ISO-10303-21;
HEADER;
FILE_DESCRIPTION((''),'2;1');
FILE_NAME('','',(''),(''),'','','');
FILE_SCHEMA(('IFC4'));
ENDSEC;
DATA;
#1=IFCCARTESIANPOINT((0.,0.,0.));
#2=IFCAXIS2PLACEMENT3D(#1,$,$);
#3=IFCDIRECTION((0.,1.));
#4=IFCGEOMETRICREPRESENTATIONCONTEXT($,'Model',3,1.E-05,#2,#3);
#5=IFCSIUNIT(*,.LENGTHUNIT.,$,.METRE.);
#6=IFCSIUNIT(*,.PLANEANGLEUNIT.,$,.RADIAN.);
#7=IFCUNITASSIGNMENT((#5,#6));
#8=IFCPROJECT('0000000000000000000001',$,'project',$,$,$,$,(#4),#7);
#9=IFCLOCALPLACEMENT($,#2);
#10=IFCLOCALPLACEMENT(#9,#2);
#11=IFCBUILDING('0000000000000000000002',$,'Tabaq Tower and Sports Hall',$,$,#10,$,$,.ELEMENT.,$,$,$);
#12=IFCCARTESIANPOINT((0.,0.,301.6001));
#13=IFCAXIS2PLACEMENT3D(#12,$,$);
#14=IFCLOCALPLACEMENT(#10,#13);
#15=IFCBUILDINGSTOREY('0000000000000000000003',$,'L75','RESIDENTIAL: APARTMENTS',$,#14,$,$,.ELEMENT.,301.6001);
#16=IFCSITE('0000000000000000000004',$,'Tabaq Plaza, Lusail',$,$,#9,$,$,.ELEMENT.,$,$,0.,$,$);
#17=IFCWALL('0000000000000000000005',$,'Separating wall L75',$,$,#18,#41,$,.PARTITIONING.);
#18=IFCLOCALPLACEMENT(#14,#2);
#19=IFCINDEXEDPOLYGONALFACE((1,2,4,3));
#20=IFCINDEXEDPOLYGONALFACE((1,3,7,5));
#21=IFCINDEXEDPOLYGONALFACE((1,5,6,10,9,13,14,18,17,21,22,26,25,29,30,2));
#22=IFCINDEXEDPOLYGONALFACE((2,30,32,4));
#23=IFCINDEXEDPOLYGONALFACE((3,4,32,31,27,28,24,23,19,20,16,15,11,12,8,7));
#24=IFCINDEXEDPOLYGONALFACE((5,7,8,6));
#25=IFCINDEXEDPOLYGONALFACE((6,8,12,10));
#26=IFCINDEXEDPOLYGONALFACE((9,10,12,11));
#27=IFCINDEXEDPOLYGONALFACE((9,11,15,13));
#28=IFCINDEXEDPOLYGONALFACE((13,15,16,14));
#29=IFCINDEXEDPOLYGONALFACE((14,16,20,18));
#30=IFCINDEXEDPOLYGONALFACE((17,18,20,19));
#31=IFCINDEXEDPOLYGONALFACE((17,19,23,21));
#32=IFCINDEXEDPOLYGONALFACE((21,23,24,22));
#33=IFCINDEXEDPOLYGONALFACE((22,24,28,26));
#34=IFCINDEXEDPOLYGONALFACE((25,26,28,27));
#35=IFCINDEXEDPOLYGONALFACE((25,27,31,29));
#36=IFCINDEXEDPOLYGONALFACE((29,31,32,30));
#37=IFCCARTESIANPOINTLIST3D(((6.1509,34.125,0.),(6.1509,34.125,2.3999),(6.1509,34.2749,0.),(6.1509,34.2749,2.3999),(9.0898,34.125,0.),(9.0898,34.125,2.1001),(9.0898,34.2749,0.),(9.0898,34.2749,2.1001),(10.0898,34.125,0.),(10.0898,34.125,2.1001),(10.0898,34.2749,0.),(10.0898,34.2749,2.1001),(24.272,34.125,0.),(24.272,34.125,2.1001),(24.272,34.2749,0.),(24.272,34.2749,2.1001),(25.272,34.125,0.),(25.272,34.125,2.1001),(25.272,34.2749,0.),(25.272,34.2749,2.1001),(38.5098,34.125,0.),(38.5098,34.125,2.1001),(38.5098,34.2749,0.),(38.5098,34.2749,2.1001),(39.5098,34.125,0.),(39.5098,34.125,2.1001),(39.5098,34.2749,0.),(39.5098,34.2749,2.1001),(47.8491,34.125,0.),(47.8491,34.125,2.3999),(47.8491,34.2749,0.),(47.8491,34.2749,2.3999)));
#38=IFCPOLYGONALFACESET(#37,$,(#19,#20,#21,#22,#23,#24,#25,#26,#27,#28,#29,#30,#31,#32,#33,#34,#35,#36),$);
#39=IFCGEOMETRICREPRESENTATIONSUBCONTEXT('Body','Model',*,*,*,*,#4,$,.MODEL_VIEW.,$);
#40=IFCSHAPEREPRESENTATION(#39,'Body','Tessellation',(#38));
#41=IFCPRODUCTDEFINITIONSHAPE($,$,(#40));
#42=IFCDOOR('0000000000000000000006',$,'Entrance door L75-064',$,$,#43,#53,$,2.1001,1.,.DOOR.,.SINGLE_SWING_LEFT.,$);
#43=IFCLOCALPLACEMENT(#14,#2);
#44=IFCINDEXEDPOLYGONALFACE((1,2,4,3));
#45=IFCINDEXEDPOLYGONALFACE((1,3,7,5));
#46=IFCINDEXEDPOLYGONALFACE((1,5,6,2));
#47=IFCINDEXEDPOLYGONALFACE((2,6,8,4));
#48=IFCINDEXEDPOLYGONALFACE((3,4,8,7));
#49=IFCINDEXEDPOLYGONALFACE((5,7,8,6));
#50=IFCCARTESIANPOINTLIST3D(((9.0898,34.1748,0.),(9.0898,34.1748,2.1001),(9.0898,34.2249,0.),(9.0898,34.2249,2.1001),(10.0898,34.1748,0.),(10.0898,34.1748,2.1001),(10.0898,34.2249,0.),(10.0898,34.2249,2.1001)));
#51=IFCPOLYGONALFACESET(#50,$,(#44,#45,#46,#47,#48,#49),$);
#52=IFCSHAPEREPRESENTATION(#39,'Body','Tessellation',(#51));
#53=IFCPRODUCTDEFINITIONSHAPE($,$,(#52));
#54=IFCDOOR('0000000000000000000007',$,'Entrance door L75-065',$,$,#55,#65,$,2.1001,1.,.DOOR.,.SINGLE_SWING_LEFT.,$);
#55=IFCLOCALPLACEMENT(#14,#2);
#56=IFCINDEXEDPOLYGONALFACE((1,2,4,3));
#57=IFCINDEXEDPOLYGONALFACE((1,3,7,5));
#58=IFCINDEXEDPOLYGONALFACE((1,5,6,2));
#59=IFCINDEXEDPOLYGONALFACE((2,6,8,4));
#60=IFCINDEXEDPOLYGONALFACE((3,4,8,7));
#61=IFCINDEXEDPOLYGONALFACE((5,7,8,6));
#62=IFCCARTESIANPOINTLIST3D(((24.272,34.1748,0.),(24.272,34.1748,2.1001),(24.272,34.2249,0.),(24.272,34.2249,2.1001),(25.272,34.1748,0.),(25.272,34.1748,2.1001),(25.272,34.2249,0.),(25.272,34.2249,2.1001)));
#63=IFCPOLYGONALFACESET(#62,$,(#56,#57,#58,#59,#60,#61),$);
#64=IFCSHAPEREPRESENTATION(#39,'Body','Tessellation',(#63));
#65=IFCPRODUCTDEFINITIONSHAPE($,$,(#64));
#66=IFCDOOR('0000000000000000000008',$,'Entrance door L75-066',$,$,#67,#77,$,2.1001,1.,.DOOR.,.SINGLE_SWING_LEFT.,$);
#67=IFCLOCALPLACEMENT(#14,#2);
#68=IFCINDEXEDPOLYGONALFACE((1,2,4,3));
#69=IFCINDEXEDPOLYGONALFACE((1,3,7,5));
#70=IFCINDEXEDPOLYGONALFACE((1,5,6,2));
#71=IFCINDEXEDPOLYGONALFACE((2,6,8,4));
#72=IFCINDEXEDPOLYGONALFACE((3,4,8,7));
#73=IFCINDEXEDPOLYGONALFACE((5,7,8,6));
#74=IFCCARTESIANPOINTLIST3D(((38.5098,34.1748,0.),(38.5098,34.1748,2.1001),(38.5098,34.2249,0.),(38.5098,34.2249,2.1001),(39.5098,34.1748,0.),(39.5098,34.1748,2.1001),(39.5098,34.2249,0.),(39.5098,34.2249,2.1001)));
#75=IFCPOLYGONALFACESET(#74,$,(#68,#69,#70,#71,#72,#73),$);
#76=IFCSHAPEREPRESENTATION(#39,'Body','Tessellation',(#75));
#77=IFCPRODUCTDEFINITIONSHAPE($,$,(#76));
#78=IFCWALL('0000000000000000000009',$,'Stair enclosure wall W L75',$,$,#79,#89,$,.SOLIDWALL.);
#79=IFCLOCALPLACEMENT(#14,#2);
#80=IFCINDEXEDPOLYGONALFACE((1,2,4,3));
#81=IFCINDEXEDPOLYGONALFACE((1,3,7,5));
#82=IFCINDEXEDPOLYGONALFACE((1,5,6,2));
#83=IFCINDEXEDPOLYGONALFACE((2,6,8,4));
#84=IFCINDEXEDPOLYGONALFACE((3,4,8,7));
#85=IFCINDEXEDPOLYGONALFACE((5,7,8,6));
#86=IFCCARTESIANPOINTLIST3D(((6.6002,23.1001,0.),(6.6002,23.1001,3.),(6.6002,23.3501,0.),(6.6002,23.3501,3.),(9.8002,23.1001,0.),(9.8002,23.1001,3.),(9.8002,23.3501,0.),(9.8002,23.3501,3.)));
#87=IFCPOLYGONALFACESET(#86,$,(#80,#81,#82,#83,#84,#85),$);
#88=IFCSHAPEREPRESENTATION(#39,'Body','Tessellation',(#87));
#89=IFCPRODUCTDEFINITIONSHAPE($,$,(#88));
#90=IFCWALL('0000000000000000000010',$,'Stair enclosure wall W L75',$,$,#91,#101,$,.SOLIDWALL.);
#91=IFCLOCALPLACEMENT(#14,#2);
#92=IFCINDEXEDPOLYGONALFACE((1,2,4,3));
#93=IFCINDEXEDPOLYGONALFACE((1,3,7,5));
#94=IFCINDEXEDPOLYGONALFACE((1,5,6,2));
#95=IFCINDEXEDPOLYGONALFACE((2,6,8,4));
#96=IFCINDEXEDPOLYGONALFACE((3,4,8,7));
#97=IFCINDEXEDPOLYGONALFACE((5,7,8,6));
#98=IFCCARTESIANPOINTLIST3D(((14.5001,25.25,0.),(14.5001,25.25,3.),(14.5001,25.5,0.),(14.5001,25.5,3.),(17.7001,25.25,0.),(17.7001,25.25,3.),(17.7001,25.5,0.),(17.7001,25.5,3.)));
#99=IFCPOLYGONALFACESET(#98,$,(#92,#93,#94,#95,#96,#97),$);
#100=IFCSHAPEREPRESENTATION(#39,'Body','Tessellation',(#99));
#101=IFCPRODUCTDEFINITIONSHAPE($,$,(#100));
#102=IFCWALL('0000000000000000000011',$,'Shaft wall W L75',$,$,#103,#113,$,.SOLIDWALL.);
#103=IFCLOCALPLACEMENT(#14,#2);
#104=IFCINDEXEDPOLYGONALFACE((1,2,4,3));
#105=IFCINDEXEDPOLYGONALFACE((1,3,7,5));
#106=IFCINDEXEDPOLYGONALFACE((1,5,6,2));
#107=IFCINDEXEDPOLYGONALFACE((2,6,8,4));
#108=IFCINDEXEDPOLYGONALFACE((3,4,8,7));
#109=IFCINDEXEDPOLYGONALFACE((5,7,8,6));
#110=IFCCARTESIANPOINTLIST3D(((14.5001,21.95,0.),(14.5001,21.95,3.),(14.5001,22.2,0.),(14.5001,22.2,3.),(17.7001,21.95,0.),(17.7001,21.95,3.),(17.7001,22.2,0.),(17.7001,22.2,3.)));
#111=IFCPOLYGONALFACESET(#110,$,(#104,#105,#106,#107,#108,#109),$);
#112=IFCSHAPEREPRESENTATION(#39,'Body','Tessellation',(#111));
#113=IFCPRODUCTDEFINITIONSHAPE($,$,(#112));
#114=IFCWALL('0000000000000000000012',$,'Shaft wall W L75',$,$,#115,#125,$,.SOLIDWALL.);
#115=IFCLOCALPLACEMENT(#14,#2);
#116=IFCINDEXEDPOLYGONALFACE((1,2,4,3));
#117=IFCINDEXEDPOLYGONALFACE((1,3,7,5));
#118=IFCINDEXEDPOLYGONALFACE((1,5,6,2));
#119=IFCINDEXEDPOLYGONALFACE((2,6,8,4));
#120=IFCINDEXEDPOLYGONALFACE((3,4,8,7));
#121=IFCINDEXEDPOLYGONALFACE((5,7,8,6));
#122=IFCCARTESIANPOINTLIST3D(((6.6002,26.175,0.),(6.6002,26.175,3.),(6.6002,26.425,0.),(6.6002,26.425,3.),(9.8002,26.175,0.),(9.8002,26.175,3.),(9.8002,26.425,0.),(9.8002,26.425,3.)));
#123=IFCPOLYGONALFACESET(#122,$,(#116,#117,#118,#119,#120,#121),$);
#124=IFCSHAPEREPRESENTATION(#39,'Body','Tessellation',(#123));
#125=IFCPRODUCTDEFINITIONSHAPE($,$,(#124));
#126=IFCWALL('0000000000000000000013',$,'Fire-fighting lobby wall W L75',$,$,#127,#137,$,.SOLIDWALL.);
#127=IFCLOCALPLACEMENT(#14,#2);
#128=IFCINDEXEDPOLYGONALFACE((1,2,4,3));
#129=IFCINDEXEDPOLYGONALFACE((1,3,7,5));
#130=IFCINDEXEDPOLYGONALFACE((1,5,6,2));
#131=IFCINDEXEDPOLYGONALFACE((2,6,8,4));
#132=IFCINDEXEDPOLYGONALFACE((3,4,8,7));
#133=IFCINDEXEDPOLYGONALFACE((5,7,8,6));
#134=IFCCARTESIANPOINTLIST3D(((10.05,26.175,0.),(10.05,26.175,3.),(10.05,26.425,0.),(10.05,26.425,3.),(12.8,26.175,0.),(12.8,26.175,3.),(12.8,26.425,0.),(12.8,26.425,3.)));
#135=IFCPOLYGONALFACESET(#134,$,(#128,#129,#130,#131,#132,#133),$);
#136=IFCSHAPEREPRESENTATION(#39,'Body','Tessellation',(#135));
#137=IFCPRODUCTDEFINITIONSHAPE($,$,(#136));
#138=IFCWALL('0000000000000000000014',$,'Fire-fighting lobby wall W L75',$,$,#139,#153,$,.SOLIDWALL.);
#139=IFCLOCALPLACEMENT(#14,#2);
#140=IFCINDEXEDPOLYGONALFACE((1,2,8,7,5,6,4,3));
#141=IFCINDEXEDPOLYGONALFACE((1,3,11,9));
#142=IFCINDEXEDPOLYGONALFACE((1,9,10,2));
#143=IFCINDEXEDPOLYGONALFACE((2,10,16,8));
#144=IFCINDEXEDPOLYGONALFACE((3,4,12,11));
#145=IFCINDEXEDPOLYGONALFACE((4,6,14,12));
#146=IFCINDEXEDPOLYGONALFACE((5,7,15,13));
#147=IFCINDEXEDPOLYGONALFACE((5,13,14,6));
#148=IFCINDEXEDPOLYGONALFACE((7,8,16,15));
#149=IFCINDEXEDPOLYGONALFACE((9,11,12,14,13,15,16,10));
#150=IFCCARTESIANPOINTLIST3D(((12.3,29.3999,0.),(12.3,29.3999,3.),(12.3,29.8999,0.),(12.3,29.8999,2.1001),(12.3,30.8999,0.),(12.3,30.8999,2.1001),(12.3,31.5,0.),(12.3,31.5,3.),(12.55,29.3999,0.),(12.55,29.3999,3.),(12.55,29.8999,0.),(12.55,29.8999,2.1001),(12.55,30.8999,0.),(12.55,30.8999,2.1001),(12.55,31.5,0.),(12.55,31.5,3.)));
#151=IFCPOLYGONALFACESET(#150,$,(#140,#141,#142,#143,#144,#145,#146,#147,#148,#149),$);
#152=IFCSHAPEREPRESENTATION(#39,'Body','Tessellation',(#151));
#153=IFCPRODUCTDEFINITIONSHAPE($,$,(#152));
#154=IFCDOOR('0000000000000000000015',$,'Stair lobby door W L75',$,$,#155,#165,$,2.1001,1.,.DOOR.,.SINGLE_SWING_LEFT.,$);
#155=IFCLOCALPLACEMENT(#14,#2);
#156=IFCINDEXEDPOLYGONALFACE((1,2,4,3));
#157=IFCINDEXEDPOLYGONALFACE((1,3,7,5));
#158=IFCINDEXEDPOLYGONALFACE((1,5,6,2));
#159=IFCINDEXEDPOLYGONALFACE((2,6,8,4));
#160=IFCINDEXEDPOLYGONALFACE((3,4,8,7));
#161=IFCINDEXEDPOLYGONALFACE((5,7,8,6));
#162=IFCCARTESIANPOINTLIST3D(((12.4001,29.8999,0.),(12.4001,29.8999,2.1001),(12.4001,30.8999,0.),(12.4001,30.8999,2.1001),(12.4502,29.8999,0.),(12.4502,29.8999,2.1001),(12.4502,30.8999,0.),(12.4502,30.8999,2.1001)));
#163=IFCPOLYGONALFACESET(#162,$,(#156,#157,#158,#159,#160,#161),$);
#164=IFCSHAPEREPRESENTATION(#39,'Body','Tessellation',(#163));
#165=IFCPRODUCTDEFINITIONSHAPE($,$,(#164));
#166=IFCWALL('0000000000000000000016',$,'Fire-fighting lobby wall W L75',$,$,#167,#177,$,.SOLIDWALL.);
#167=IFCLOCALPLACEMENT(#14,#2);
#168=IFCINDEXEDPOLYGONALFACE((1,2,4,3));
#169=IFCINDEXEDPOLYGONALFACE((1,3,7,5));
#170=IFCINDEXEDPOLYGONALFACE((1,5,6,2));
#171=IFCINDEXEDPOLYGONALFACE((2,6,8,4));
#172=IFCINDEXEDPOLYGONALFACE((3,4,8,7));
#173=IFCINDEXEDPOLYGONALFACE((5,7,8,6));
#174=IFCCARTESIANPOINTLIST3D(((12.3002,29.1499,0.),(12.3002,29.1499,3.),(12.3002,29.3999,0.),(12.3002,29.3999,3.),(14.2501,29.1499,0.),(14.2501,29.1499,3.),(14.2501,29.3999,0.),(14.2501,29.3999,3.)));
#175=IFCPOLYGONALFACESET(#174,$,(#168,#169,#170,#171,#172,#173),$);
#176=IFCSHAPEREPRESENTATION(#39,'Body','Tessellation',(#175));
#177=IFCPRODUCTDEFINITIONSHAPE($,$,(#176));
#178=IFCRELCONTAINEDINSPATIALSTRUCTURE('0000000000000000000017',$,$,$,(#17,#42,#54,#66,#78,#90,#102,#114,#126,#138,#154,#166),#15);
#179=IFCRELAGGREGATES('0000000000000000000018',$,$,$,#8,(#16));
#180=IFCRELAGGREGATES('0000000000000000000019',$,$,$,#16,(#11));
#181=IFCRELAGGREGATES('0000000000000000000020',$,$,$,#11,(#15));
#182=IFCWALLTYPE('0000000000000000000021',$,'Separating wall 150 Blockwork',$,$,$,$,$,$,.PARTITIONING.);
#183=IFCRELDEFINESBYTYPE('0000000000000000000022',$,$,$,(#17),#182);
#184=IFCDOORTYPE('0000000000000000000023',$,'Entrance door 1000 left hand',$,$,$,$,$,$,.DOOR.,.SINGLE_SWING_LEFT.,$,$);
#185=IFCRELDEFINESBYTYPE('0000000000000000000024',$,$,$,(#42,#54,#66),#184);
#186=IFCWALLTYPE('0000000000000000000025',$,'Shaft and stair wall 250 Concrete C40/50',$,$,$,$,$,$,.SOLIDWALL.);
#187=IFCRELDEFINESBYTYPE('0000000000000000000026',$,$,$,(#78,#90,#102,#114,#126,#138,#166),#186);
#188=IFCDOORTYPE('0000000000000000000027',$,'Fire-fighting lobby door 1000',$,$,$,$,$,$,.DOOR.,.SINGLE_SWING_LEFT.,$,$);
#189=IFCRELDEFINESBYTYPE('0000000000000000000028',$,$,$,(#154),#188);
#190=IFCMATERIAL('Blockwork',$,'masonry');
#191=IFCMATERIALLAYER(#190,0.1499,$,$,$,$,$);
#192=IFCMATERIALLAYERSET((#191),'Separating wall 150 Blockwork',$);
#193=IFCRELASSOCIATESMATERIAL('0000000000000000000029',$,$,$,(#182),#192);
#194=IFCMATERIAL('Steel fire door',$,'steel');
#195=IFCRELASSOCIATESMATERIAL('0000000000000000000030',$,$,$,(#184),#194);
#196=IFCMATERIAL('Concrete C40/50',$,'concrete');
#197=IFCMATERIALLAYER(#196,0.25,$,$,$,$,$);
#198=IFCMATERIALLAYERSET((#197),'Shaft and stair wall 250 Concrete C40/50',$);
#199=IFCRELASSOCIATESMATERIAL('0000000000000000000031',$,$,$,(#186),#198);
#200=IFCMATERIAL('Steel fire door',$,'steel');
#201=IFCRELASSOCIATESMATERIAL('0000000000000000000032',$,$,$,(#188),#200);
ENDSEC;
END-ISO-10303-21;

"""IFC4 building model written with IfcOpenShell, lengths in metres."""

from ifc_helpers import new_model, si_unit, direction, frame, frame_2d, origin, place, context, subcontext, project, spatial, rectangle, extrude, material, layer, layer_set, type_object, element, fill, save


model = new_model("IFC4")

# Units and contexts
model_context = context("Model", 3, precision=1e-05, world=origin(), true_north=direction((0.0, 1.0)))
body_context = subcontext(model_context, "Body", "Model", "MODEL_VIEW")
ifc_project = project(units=[si_unit("LENGTHUNIT", "METRE"), si_unit("PLANEANGLEUNIT", "RADIAN")], contexts=[model_context])

# Site, building, storey
site_placement = place(None, origin())
site = spatial("IfcSite", under=ifc_project, at=site_placement, Name="Tabaq Plaza, Lusail", CompositionType="ELEMENT", RefElevation=0.0)
building_placement = place(site_placement, origin())
building = spatial("IfcBuilding", under=site, at=building_placement, Name="Tabaq Tower and Sports Hall", CompositionType="ELEMENT")
storey_placement = place(building_placement, frame((0.0, 0.0, 301.6001)))
storey = spatial("IfcBuildingStorey", under=building, at=storey_placement, Name="L75", Description="RESIDENTIAL: APARTMENTS", CompositionType="ELEMENT", Elevation=301.6001)

# Wall, openings, doors
ifc_material_1 = material(Name="Blockwork", Category="masonry")
ifc_layer_1 = layer(ifc_material_1, 0.1499)
ifc_layer_set_1 = layer_set([ifc_layer_1], Name="Separating wall 150 Blockwork")
wall_type_1 = type_object("IfcWallType", Name="Separating wall 150 Blockwork", PredefinedType="PARTITIONING", material=ifc_layer_set_1)
wall_1_placement = place(storey_placement, frame((6.1509, 34.2, 0.0), z_axis=(0.0, 0.0, 1.0), x_axis=(1.0, 0.0, 0.0)))
wall_1 = element("IfcWall", 1, at=wall_1_placement, inside=storey, type_object=wall_type_1, Name="Separating wall L75", PredefinedType="PARTITIONING", context=body_context, shape_type="SweptSolid", body=[
    extrude(rectangle(XDim=41.6982, YDim=0.1499, at=frame_2d((20.8491, 0.0))), origin(), (0.0, 0.0, 1.0), 2.3999),
])
opening_1_placement = place(wall_1_placement, frame((2.939, 0.0, 0.0)))
opening_1 = element("IfcOpeningElement", 2, at=opening_1_placement, cuts=wall_1, PredefinedType="OPENING", context=body_context, shape_type="SweptSolid", body=[
    extrude(rectangle(XDim=1.0, YDim=2.1001, at=frame_2d((0.5, 1.05))), frame((0.0, 0.075, 0.0), z_axis=(0.0, -1.0, 0.0), x_axis=(1.0, 0.0, 0.0)), (0.0, 0.0, 1.0), 0.1499),
])
opening_2_placement = place(wall_1_placement, frame((18.1211, 0.0, 0.0)))
opening_2 = element("IfcOpeningElement", 3, at=opening_2_placement, cuts=wall_1, PredefinedType="OPENING", context=body_context, shape_type="SweptSolid", body=[
    extrude(rectangle(XDim=1.0, YDim=2.1001, at=frame_2d((0.5, 1.05))), frame((0.0, 0.075, 0.0), z_axis=(0.0, -1.0, 0.0), x_axis=(1.0, 0.0, 0.0)), (0.0, 0.0, 1.0), 0.1499),
])
opening_3_placement = place(wall_1_placement, frame((32.3589, 0.0, 0.0)))
opening_3 = element("IfcOpeningElement", 4, at=opening_3_placement, cuts=wall_1, PredefinedType="OPENING", context=body_context, shape_type="SweptSolid", body=[
    extrude(rectangle(XDim=1.0, YDim=2.1001, at=frame_2d((0.5, 1.05))), frame((0.0, 0.075, 0.0), z_axis=(0.0, -1.0, 0.0), x_axis=(1.0, 0.0, 0.0)), (0.0, 0.0, 1.0), 0.1499),
])
ifc_material_2 = material(Name="Steel fire door", Category="steel")
door_type_1 = type_object("IfcDoorType", Name="Entrance door 1000 left hand", OperationType="SINGLE_SWING_LEFT", PredefinedType="DOOR", material=ifc_material_2)
door_1_placement = place(opening_1_placement, origin())
door_1 = element("IfcDoor", 5, at=door_1_placement, inside=storey, type_object=door_type_1, Name="Entrance door L75-064", OperationType="SINGLE_SWING_LEFT", OverallHeight=2.1001, OverallWidth=1.0, PredefinedType="DOOR", context=body_context, shape_type="SweptSolid", body=[
    extrude(rectangle(XDim=1.0, YDim=2.1001, at=frame_2d((0.5, 1.05))), frame((0.0, 0.0249, 0.0), z_axis=(0.0, -1.0, 0.0), x_axis=(1.0, 0.0, 0.0)), (0.0, 0.0, 1.0), 0.05),
])
fill(opening_1, door_1)
door_2_placement = place(opening_2_placement, origin())
door_2 = element("IfcDoor", 6, at=door_2_placement, inside=storey, type_object=door_type_1, Name="Entrance door L75-065", OperationType="SINGLE_SWING_LEFT", OverallHeight=2.1001, OverallWidth=1.0, PredefinedType="DOOR", context=body_context, shape_type="SweptSolid", body=[
    extrude(rectangle(XDim=1.0, YDim=2.1001, at=frame_2d((0.5, 1.05))), frame((0.0, 0.0249, 0.0), z_axis=(0.0, -1.0, 0.0), x_axis=(1.0, 0.0, 0.0)), (0.0, 0.0, 1.0), 0.05),
])
fill(opening_2, door_2)
door_3_placement = place(opening_3_placement, origin())
door_3 = element("IfcDoor", 7, at=door_3_placement, inside=storey, type_object=door_type_1, Name="Entrance door L75-066", OperationType="SINGLE_SWING_LEFT", OverallHeight=2.1001, OverallWidth=1.0, PredefinedType="DOOR", context=body_context, shape_type="SweptSolid", body=[
    extrude(rectangle(XDim=1.0, YDim=2.1001, at=frame_2d((0.5, 1.05))), frame((0.0, 0.0249, 0.0), z_axis=(0.0, -1.0, 0.0), x_axis=(1.0, 0.0, 0.0)), (0.0, 0.0, 1.0), 0.05),
])
fill(opening_3, door_3)

# Walls
ifc_material_3 = material(Name="Concrete C40/50", Category="concrete")
ifc_layer_2 = layer(ifc_material_3, 0.25)
ifc_layer_set_2 = layer_set([ifc_layer_2], Name="Shaft and stair wall 250 Concrete C40/50")
wall_type_2 = type_object("IfcWallType", Name="Shaft and stair wall 250 Concrete C40/50", PredefinedType="SOLIDWALL", material=ifc_layer_set_2)
for number, where, z_axis, x_axis, name in (
    (8, (6.6001, 23.2251, 0.0), (0.0, 0.0, 1.0), (1.0, 0.0, 0.0), "Stair enclosure wall W L75"),
    (9, (14.5, 25.375, 0.0), (0.0, 0.0, 1.0), (1.0, 0.0, 0.0), "Stair enclosure wall W L75"),
    (10, (14.5, 22.075, 0.0), (0.0, 0.0, 1.0), (1.0, 0.0, 0.0), "Shaft wall W L75"),
    (11, (6.6001, 26.3, 0.0), (0.0, 0.0, 1.0), (1.0, 0.0, 0.0), "Shaft wall W L75"),
):
    element("IfcWall", number, at=place(storey_placement, frame(where, z_axis=z_axis, x_axis=x_axis)), inside=storey, type_object=wall_type_2, Name=name, PredefinedType="SOLIDWALL", context=body_context, shape_type="SweptSolid", body=[
        extrude(rectangle(XDim=3.2, YDim=0.25, at=frame_2d((1.6001, 0.0))), origin(), (0.0, 0.0, 1.0), 3.0),
    ])
wall_2_placement = place(storey_placement, frame((10.05, 26.3, 0.0), z_axis=(0.0, 0.0, 1.0), x_axis=(1.0, 0.0, 0.0)))
element("IfcWall", 12, at=wall_2_placement, inside=storey, type_object=wall_type_2, Name="Fire-fighting lobby wall W L75", PredefinedType="SOLIDWALL", context=body_context, shape_type="SweptSolid", body=[
    extrude(rectangle(XDim=2.75, YDim=0.25, at=frame_2d((1.375, 0.0))), origin(), (0.0, 0.0, 1.0), 3.0),
])

# Wall, opening, door
wall_3_placement = place(storey_placement, frame((12.425, 29.3999, 0.0), z_axis=(0.0, 0.0, 1.0), x_axis=(0.0, 1.0, 0.0)))
wall_3 = element("IfcWall", 13, at=wall_3_placement, inside=storey, type_object=wall_type_2, Name="Fire-fighting lobby wall W L75", PredefinedType="SOLIDWALL", context=body_context, shape_type="SweptSolid", body=[
    extrude(rectangle(XDim=2.1001, YDim=0.25, at=frame_2d((1.05, 0.0))), origin(), (0.0, 0.0, 1.0), 3.0),
])
opening_4_placement = place(wall_3_placement, frame((0.5, 0.0, 0.0)))
opening_4 = element("IfcOpeningElement", 14, at=opening_4_placement, cuts=wall_3, PredefinedType="OPENING", context=body_context, shape_type="SweptSolid", body=[
    extrude(rectangle(XDim=1.0, YDim=2.1001, at=frame_2d((0.5, 1.05))), frame((0.0, 0.125, 0.0), z_axis=(0.0, -1.0, 0.0), x_axis=(1.0, 0.0, 0.0)), (0.0, 0.0, 1.0), 0.25),
])
ifc_material_4 = material(Name="Steel fire door", Category="steel")
door_type_2 = type_object("IfcDoorType", Name="Fire-fighting lobby door 1000", OperationType="SINGLE_SWING_LEFT", PredefinedType="DOOR", material=ifc_material_4)
door_4_placement = place(opening_4_placement, origin())
door_4 = element("IfcDoor", 15, at=door_4_placement, inside=storey, type_object=door_type_2, Name="Stair lobby door W L75", OperationType="SINGLE_SWING_LEFT", OverallHeight=2.1001, OverallWidth=1.0, PredefinedType="DOOR", context=body_context, shape_type="SweptSolid", body=[
    extrude(rectangle(XDim=1.0, YDim=2.1001, at=frame_2d((0.5, 1.05))), frame((0.0, 0.0249, 0.0), z_axis=(0.0, -1.0, 0.0), x_axis=(1.0, 0.0, 0.0)), (0.0, 0.0, 1.0), 0.05),
])
fill(opening_4, door_4)

# Wall
wall_4_placement = place(storey_placement, frame((12.3, 29.2749, 0.0), z_axis=(0.0, 0.0, 1.0), x_axis=(1.0, 0.0, 0.0)))
element("IfcWall", 16, at=wall_4_placement, inside=storey, type_object=wall_type_2, Name="Fire-fighting lobby wall W L75", PredefinedType="SOLIDWALL", context=body_context, shape_type="SweptSolid", body=[
    extrude(rectangle(XDim=1.95, YDim=0.25, at=frame_2d((0.9751, 0.0))), origin(), (0.0, 0.0, 1.0), 3.0),
])

save(model, "model.ifc")
